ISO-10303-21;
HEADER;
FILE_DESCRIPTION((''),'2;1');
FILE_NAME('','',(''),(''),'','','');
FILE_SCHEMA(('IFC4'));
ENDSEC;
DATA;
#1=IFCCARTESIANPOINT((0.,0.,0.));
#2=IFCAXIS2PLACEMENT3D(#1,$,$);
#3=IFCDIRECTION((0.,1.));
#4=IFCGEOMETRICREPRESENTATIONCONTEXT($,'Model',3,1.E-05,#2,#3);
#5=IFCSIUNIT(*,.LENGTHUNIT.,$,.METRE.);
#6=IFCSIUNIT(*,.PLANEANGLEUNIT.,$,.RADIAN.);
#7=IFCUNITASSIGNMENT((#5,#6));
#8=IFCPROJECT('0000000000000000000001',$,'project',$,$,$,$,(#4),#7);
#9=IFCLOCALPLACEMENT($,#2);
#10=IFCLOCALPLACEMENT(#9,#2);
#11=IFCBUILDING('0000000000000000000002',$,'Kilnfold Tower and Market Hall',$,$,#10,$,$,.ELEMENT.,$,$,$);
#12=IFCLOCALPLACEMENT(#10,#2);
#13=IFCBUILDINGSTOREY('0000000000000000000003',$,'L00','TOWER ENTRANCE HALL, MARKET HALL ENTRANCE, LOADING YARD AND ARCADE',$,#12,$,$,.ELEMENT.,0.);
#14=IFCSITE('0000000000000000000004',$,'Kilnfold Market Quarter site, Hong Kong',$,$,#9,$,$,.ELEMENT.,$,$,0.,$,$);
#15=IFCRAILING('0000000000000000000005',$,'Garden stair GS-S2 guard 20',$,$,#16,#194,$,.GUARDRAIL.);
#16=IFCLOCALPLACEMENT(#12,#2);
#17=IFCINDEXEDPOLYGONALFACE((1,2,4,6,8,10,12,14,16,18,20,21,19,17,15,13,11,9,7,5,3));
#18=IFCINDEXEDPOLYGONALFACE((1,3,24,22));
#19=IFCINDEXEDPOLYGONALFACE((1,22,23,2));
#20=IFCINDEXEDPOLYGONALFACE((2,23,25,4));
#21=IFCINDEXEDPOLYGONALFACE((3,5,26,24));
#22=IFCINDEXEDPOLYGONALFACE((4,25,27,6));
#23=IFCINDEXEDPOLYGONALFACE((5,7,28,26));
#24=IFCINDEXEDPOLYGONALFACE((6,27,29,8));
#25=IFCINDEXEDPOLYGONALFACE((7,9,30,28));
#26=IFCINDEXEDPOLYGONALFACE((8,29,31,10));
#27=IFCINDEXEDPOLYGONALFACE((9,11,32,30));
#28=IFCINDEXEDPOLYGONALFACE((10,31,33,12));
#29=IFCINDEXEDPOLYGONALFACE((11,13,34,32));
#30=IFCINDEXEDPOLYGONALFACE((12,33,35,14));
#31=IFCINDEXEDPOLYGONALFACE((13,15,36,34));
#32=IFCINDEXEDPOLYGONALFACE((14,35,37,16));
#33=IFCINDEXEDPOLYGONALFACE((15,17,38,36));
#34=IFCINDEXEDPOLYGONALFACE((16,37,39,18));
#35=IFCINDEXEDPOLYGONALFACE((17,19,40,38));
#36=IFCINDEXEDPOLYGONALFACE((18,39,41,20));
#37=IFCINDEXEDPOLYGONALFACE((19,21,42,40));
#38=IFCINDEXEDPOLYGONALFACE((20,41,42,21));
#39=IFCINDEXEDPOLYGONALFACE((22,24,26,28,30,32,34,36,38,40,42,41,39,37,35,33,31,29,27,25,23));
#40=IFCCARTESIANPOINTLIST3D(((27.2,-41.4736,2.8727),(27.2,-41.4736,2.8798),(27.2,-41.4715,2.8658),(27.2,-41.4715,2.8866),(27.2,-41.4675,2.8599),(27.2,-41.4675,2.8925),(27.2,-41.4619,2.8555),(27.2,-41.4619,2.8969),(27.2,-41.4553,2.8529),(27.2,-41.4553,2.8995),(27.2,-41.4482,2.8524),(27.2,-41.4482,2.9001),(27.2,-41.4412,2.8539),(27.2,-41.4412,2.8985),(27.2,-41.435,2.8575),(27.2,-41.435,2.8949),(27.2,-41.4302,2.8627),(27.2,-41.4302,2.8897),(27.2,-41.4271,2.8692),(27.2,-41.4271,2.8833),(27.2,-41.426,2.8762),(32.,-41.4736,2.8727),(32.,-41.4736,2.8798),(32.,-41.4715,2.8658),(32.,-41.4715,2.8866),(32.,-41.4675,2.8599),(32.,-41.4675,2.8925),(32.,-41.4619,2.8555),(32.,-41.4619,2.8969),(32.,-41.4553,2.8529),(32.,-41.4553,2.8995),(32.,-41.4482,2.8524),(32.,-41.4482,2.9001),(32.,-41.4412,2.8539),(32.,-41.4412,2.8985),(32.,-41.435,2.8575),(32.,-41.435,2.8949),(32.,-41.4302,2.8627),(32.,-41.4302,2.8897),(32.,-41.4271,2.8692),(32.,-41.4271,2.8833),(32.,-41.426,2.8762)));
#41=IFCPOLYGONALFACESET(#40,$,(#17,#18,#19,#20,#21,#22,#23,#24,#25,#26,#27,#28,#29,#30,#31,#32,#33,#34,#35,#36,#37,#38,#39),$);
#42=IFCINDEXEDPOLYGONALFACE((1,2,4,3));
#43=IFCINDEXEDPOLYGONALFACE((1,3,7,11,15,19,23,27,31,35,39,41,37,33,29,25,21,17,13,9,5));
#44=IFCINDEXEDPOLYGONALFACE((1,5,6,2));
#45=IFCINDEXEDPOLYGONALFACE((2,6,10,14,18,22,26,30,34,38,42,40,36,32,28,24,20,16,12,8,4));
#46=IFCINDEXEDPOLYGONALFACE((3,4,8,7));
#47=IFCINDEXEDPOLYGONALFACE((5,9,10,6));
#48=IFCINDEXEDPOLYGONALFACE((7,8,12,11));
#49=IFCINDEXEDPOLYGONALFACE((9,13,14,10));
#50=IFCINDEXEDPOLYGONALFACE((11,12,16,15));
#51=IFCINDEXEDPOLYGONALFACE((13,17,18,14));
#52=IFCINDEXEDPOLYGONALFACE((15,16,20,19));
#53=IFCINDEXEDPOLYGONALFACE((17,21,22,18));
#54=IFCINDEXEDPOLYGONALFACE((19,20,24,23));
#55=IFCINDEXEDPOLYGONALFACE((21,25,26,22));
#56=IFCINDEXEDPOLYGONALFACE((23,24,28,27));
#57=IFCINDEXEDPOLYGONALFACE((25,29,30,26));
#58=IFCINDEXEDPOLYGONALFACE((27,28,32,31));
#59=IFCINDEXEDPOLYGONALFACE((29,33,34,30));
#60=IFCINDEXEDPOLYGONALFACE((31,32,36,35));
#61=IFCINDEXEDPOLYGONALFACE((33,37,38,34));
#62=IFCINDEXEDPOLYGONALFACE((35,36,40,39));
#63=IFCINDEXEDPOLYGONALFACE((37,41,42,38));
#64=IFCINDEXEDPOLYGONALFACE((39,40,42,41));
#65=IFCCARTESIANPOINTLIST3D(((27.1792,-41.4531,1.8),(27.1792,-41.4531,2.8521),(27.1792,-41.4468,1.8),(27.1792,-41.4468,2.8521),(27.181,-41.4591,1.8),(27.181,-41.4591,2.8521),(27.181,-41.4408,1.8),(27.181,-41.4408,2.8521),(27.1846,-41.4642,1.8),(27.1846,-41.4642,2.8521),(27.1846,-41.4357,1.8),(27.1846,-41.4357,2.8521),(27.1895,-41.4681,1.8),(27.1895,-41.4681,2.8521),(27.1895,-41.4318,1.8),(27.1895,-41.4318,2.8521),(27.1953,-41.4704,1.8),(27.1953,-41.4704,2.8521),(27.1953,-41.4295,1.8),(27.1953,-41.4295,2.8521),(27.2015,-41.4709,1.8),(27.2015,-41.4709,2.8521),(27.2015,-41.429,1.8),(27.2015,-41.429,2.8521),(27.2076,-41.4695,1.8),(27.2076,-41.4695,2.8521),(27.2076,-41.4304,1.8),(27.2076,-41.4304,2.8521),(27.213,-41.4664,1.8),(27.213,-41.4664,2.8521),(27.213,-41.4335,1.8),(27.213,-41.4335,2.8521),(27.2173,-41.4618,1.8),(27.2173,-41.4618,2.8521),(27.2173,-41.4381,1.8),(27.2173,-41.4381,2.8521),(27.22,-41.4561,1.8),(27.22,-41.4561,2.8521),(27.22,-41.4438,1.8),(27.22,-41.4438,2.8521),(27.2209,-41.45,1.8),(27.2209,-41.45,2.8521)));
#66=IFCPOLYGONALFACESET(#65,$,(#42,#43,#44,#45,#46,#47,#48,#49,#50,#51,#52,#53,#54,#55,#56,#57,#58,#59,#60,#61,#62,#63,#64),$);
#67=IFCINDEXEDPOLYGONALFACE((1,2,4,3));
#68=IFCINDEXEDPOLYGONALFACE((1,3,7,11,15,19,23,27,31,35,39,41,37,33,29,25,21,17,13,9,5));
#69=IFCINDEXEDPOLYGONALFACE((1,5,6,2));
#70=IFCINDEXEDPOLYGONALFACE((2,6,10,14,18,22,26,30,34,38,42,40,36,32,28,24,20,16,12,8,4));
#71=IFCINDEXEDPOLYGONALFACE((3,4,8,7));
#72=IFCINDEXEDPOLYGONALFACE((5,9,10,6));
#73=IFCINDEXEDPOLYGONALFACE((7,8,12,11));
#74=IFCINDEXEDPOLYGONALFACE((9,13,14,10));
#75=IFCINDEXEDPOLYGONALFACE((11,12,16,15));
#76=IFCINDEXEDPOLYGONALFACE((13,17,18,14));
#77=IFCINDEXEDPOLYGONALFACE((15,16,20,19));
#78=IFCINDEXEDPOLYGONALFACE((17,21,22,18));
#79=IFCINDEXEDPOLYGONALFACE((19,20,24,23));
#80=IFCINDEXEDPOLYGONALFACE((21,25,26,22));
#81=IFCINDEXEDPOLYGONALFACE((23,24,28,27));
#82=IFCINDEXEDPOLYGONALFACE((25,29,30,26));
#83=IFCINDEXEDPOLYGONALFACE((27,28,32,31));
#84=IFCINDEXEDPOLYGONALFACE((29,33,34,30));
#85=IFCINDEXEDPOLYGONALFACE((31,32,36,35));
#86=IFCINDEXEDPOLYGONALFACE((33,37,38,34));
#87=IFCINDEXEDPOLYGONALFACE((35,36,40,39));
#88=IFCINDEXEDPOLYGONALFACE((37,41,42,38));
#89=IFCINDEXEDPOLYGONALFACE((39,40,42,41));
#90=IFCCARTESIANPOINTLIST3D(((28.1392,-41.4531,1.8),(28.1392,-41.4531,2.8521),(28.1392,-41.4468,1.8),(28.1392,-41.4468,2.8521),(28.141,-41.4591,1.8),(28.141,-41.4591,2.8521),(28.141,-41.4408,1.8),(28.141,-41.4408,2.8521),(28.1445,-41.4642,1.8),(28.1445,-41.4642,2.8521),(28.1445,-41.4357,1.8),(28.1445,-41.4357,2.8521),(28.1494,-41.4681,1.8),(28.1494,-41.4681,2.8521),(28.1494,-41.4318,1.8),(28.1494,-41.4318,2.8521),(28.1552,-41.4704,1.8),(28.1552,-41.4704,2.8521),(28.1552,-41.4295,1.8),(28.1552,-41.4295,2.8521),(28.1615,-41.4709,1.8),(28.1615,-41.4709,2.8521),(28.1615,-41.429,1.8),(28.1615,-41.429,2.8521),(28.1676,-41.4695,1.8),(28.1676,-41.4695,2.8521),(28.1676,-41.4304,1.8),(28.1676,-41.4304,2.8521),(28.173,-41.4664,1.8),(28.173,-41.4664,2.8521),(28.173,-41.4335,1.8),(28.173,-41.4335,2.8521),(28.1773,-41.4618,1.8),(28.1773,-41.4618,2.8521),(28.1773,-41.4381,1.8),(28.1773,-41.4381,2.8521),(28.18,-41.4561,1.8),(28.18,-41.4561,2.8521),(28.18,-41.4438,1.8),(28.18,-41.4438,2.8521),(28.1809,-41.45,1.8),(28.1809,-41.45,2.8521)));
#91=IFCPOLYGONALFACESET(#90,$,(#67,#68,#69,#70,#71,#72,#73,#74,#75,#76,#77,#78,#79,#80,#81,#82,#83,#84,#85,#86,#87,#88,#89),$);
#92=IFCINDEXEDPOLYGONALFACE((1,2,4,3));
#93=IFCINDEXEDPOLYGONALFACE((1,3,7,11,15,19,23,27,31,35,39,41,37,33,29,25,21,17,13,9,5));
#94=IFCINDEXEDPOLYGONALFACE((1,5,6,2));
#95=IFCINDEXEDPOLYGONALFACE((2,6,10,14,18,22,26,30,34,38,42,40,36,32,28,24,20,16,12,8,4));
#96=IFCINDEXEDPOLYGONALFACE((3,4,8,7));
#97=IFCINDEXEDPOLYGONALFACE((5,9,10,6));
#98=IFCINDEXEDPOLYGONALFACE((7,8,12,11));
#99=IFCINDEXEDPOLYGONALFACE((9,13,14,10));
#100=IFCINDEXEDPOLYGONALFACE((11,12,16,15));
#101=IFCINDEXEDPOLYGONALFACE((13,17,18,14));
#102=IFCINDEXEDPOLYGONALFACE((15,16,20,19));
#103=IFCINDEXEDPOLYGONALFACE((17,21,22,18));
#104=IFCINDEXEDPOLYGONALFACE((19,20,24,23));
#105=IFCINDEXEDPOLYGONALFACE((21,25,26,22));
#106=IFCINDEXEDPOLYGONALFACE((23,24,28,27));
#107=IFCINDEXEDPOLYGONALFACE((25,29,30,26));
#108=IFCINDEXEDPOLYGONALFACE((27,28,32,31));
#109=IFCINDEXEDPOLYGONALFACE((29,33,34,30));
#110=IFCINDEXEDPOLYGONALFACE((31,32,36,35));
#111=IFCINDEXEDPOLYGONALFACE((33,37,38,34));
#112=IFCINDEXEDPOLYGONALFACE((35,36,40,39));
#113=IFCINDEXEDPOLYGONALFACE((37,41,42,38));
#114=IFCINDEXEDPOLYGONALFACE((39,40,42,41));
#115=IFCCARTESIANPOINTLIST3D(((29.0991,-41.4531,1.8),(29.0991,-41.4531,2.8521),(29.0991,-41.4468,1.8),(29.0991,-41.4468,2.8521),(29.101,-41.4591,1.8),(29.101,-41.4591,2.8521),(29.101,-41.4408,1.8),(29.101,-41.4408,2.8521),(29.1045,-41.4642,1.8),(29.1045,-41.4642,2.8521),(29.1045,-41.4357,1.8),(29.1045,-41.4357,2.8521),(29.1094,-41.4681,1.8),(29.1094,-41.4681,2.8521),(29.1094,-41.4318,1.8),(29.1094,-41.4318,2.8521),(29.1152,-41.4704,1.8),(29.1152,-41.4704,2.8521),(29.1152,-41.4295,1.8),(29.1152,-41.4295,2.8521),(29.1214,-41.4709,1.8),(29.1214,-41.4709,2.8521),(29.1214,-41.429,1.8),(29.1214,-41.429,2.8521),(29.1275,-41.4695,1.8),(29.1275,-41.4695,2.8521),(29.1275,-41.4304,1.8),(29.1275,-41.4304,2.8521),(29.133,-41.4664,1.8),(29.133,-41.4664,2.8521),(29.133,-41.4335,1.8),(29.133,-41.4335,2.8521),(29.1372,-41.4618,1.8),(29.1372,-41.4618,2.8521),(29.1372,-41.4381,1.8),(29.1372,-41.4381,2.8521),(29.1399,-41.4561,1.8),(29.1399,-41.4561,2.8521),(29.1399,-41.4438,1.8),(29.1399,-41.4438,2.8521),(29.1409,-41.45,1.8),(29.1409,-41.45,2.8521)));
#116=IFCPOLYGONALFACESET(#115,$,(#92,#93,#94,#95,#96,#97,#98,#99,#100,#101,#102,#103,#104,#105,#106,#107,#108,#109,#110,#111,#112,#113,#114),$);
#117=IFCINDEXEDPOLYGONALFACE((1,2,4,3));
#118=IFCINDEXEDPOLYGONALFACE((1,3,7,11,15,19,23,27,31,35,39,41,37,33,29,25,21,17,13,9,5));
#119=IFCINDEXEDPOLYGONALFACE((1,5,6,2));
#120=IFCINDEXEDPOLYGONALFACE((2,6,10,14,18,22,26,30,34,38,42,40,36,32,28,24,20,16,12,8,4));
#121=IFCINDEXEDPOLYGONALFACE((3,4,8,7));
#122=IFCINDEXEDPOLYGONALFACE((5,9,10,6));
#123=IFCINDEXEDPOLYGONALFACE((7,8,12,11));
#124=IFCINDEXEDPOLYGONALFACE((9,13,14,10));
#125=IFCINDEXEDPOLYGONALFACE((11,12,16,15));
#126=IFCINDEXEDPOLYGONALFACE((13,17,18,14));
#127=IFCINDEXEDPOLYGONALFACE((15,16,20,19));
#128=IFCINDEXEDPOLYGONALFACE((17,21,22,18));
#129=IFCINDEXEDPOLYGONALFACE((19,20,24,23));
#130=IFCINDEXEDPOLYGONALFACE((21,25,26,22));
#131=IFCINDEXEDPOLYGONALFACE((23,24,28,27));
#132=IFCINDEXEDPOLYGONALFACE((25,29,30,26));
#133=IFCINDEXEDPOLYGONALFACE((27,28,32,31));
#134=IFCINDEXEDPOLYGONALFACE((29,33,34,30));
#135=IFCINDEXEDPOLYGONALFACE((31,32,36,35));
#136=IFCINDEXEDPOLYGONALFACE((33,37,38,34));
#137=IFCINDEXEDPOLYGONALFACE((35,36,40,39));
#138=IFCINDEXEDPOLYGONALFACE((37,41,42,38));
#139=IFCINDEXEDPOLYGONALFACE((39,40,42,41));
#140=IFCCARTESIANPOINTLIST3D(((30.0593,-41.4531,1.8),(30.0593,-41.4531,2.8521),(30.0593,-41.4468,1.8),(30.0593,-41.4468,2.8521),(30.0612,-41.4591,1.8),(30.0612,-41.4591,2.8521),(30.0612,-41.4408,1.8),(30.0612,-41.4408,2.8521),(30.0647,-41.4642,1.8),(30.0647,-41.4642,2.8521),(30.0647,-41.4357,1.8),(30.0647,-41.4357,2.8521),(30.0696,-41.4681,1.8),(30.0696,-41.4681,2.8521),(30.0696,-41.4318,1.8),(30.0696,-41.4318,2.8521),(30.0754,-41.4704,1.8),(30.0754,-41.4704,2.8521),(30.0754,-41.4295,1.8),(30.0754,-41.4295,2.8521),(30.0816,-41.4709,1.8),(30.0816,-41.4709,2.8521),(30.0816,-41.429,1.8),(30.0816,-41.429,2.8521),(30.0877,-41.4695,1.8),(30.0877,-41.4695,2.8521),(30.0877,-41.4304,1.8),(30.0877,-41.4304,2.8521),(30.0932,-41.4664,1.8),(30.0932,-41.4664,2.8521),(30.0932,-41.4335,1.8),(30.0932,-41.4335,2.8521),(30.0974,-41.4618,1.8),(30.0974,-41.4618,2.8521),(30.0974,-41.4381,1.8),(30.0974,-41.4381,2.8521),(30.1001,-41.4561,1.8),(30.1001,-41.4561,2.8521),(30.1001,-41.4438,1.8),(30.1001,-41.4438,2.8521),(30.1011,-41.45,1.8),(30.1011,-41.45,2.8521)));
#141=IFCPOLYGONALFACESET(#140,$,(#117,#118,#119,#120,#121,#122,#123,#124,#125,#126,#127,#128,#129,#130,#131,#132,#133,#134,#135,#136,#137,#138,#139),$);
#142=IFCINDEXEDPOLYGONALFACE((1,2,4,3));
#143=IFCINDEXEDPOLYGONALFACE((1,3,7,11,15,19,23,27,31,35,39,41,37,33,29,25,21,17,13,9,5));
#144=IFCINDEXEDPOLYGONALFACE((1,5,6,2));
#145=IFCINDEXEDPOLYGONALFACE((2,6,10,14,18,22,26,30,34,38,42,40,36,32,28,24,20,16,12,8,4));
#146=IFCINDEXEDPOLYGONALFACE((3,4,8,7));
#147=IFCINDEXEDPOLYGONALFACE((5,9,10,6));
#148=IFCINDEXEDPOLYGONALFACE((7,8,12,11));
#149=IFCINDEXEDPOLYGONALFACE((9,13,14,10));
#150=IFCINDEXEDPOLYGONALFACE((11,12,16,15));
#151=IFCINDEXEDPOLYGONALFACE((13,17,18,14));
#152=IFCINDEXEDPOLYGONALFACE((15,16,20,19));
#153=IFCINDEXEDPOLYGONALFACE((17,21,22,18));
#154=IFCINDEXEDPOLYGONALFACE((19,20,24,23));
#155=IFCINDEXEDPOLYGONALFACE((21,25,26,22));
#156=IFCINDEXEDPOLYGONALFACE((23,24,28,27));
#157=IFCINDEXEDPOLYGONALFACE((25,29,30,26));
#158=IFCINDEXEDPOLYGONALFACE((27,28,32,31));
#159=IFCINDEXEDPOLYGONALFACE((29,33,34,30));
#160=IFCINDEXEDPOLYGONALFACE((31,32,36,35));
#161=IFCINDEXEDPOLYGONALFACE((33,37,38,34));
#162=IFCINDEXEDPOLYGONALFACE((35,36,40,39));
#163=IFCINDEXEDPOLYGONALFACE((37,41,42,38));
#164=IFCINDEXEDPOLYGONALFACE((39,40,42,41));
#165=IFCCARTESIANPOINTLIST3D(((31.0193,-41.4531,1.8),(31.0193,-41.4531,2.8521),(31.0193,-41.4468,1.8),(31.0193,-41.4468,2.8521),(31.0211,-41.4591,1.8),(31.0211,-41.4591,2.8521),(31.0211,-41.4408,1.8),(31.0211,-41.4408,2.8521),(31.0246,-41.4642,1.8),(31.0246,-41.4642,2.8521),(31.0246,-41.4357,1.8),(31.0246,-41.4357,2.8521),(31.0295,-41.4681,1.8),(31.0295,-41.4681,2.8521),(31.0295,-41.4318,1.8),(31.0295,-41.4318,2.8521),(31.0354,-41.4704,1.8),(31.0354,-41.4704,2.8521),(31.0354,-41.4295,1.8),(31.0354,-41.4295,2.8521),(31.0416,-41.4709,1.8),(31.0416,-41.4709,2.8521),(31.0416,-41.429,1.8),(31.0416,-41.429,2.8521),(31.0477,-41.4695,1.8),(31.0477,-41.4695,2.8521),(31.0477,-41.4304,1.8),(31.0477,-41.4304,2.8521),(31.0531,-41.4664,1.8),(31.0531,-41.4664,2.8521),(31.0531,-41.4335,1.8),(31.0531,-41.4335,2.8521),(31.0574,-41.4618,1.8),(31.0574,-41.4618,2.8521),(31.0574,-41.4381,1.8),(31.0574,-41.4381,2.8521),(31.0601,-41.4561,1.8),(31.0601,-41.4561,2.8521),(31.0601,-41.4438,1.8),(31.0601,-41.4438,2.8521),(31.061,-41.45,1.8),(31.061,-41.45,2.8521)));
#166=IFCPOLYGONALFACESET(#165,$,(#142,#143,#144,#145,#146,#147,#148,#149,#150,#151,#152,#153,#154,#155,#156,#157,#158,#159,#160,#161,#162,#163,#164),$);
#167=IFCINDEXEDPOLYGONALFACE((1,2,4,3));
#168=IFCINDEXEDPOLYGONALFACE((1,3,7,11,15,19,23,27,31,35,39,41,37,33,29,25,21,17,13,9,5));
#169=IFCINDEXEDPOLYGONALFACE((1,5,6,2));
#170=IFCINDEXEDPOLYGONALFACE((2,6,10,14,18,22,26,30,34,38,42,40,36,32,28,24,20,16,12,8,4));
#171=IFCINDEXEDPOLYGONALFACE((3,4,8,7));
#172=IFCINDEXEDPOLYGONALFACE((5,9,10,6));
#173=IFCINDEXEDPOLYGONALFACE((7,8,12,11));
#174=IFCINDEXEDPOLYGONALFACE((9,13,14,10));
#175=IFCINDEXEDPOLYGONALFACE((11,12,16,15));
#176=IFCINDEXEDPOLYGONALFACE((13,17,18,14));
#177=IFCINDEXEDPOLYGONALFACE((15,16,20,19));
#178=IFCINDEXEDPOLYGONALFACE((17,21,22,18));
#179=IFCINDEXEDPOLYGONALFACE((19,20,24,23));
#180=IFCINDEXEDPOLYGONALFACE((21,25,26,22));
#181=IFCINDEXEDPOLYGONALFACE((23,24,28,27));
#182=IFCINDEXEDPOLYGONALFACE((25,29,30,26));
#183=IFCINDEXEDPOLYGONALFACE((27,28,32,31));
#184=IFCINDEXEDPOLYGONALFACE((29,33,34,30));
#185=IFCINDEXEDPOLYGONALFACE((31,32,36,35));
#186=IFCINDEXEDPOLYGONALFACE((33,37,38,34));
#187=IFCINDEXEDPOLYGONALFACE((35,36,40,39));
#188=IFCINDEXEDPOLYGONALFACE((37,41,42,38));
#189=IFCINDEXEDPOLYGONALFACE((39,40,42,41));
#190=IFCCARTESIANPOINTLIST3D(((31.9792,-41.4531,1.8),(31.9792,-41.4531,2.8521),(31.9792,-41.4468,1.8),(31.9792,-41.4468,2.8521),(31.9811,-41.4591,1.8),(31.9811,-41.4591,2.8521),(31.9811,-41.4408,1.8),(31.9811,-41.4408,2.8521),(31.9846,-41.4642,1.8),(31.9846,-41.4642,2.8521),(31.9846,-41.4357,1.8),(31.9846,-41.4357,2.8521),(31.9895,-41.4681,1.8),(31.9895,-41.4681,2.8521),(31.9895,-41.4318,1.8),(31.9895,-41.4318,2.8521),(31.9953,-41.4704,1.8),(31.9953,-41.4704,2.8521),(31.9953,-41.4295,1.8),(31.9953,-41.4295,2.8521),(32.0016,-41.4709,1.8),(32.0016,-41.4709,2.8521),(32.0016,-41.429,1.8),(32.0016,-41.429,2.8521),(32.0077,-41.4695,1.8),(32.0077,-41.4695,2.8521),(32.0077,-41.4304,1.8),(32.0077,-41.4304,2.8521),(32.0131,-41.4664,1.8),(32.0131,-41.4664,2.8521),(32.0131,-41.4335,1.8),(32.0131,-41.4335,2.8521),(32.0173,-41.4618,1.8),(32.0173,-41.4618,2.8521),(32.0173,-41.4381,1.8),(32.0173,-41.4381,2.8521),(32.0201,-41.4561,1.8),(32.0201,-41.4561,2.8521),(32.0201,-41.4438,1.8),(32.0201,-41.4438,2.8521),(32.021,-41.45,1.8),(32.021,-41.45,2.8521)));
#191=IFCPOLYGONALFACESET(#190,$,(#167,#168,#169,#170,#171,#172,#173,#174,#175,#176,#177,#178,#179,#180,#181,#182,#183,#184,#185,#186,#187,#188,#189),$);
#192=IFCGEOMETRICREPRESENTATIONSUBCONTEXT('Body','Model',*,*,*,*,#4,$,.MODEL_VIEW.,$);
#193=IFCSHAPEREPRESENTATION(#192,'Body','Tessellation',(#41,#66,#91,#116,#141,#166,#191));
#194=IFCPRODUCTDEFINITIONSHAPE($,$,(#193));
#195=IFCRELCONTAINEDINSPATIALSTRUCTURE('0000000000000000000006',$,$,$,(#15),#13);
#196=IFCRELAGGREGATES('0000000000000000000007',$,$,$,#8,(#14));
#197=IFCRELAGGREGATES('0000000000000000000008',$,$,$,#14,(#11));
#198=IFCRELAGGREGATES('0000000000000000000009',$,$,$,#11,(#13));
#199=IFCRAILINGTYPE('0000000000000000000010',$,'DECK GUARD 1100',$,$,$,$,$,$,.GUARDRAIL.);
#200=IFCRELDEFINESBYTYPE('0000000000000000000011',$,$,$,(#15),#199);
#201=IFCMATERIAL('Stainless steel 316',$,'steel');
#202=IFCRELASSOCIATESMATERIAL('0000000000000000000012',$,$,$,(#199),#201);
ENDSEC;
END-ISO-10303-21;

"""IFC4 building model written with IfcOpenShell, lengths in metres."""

from ifc_helpers import new_model, si_unit, direction, frame, origin, origin_2d, place, context, subcontext, project, spatial, circle, extrude, material, type_object, element, save


model = new_model("IFC4")

# Units and contexts
model_context = context("Model", 3, precision=1e-05, world=origin(), true_north=direction((0.0, 1.0)))
body_context = subcontext(model_context, "Body", "Model", "MODEL_VIEW")
ifc_project = project(units=[si_unit("LENGTHUNIT", "METRE"), si_unit("PLANEANGLEUNIT", "RADIAN")], contexts=[model_context])

# Site, building, storey
site_placement = place(None, origin())
site = spatial("IfcSite", under=ifc_project, at=site_placement, Name="Kilnfold Market Quarter site, Hong Kong", CompositionType="ELEMENT", RefElevation=0.0)
building_placement = place(site_placement, origin())
building = spatial("IfcBuilding", under=site, at=building_placement, Name="Kilnfold Tower and Market Hall", CompositionType="ELEMENT")
storey_placement = place(building_placement, origin())
storey = spatial("IfcBuildingStorey", under=building, at=storey_placement, Name="L00", Description="TOWER ENTRANCE HALL, MARKET HALL ENTRANCE, LOADING YARD AND ARCADE", CompositionType="ELEMENT", Elevation=0.0)

# Railing
ifc_material_1 = material(Name="Stainless steel 316", Category="steel")
railing_type_1 = type_object("IfcRailingType", Name="DECK GUARD 1100", PredefinedType="GUARDRAIL", material=ifc_material_1)
railing_1_placement = place(storey_placement, frame((27.2, -41.45, 1.8)))
element("IfcRailing", 1, at=railing_1_placement, inside=storey, type_object=railing_type_1, Name="Garden stair GS-S2 guard 20", PredefinedType="GUARDRAIL", context=body_context, shape_type="SweptSolid", body=[
    extrude(circle(Radius=0.0239, at=origin_2d()), frame((0.0, 0.0, 1.0762), z_axis=(1.0, 0.0, 0.0), x_axis=(0.0, 1.0, 0.0)), (0.0, 0.0, 1.0), 4.8),
    extrude(circle(Radius=0.021, at=origin_2d()), origin(), (0.0, 0.0, 1.0), 1.052),
    extrude(circle(Radius=0.021, at=origin_2d()), frame((0.96, 0.0, 0.0)), (0.0, 0.0, 1.0), 1.052),
    extrude(circle(Radius=0.021, at=origin_2d()), frame((1.9199, 0.0, 0.0)), (0.0, 0.0, 1.0), 1.052),
    extrude(circle(Radius=0.021, at=origin_2d()), frame((2.8801, 0.0, 0.0)), (0.0, 0.0, 1.0), 1.052),
    extrude(circle(Radius=0.021, at=origin_2d()), frame((3.8401, 0.0, 0.0)), (0.0, 0.0, 1.0), 1.052),
    extrude(circle(Radius=0.021, at=origin_2d()), frame((4.8, 0.0, 0.0)), (0.0, 0.0, 1.0), 1.052),
])

save(model, "model.ifc")
